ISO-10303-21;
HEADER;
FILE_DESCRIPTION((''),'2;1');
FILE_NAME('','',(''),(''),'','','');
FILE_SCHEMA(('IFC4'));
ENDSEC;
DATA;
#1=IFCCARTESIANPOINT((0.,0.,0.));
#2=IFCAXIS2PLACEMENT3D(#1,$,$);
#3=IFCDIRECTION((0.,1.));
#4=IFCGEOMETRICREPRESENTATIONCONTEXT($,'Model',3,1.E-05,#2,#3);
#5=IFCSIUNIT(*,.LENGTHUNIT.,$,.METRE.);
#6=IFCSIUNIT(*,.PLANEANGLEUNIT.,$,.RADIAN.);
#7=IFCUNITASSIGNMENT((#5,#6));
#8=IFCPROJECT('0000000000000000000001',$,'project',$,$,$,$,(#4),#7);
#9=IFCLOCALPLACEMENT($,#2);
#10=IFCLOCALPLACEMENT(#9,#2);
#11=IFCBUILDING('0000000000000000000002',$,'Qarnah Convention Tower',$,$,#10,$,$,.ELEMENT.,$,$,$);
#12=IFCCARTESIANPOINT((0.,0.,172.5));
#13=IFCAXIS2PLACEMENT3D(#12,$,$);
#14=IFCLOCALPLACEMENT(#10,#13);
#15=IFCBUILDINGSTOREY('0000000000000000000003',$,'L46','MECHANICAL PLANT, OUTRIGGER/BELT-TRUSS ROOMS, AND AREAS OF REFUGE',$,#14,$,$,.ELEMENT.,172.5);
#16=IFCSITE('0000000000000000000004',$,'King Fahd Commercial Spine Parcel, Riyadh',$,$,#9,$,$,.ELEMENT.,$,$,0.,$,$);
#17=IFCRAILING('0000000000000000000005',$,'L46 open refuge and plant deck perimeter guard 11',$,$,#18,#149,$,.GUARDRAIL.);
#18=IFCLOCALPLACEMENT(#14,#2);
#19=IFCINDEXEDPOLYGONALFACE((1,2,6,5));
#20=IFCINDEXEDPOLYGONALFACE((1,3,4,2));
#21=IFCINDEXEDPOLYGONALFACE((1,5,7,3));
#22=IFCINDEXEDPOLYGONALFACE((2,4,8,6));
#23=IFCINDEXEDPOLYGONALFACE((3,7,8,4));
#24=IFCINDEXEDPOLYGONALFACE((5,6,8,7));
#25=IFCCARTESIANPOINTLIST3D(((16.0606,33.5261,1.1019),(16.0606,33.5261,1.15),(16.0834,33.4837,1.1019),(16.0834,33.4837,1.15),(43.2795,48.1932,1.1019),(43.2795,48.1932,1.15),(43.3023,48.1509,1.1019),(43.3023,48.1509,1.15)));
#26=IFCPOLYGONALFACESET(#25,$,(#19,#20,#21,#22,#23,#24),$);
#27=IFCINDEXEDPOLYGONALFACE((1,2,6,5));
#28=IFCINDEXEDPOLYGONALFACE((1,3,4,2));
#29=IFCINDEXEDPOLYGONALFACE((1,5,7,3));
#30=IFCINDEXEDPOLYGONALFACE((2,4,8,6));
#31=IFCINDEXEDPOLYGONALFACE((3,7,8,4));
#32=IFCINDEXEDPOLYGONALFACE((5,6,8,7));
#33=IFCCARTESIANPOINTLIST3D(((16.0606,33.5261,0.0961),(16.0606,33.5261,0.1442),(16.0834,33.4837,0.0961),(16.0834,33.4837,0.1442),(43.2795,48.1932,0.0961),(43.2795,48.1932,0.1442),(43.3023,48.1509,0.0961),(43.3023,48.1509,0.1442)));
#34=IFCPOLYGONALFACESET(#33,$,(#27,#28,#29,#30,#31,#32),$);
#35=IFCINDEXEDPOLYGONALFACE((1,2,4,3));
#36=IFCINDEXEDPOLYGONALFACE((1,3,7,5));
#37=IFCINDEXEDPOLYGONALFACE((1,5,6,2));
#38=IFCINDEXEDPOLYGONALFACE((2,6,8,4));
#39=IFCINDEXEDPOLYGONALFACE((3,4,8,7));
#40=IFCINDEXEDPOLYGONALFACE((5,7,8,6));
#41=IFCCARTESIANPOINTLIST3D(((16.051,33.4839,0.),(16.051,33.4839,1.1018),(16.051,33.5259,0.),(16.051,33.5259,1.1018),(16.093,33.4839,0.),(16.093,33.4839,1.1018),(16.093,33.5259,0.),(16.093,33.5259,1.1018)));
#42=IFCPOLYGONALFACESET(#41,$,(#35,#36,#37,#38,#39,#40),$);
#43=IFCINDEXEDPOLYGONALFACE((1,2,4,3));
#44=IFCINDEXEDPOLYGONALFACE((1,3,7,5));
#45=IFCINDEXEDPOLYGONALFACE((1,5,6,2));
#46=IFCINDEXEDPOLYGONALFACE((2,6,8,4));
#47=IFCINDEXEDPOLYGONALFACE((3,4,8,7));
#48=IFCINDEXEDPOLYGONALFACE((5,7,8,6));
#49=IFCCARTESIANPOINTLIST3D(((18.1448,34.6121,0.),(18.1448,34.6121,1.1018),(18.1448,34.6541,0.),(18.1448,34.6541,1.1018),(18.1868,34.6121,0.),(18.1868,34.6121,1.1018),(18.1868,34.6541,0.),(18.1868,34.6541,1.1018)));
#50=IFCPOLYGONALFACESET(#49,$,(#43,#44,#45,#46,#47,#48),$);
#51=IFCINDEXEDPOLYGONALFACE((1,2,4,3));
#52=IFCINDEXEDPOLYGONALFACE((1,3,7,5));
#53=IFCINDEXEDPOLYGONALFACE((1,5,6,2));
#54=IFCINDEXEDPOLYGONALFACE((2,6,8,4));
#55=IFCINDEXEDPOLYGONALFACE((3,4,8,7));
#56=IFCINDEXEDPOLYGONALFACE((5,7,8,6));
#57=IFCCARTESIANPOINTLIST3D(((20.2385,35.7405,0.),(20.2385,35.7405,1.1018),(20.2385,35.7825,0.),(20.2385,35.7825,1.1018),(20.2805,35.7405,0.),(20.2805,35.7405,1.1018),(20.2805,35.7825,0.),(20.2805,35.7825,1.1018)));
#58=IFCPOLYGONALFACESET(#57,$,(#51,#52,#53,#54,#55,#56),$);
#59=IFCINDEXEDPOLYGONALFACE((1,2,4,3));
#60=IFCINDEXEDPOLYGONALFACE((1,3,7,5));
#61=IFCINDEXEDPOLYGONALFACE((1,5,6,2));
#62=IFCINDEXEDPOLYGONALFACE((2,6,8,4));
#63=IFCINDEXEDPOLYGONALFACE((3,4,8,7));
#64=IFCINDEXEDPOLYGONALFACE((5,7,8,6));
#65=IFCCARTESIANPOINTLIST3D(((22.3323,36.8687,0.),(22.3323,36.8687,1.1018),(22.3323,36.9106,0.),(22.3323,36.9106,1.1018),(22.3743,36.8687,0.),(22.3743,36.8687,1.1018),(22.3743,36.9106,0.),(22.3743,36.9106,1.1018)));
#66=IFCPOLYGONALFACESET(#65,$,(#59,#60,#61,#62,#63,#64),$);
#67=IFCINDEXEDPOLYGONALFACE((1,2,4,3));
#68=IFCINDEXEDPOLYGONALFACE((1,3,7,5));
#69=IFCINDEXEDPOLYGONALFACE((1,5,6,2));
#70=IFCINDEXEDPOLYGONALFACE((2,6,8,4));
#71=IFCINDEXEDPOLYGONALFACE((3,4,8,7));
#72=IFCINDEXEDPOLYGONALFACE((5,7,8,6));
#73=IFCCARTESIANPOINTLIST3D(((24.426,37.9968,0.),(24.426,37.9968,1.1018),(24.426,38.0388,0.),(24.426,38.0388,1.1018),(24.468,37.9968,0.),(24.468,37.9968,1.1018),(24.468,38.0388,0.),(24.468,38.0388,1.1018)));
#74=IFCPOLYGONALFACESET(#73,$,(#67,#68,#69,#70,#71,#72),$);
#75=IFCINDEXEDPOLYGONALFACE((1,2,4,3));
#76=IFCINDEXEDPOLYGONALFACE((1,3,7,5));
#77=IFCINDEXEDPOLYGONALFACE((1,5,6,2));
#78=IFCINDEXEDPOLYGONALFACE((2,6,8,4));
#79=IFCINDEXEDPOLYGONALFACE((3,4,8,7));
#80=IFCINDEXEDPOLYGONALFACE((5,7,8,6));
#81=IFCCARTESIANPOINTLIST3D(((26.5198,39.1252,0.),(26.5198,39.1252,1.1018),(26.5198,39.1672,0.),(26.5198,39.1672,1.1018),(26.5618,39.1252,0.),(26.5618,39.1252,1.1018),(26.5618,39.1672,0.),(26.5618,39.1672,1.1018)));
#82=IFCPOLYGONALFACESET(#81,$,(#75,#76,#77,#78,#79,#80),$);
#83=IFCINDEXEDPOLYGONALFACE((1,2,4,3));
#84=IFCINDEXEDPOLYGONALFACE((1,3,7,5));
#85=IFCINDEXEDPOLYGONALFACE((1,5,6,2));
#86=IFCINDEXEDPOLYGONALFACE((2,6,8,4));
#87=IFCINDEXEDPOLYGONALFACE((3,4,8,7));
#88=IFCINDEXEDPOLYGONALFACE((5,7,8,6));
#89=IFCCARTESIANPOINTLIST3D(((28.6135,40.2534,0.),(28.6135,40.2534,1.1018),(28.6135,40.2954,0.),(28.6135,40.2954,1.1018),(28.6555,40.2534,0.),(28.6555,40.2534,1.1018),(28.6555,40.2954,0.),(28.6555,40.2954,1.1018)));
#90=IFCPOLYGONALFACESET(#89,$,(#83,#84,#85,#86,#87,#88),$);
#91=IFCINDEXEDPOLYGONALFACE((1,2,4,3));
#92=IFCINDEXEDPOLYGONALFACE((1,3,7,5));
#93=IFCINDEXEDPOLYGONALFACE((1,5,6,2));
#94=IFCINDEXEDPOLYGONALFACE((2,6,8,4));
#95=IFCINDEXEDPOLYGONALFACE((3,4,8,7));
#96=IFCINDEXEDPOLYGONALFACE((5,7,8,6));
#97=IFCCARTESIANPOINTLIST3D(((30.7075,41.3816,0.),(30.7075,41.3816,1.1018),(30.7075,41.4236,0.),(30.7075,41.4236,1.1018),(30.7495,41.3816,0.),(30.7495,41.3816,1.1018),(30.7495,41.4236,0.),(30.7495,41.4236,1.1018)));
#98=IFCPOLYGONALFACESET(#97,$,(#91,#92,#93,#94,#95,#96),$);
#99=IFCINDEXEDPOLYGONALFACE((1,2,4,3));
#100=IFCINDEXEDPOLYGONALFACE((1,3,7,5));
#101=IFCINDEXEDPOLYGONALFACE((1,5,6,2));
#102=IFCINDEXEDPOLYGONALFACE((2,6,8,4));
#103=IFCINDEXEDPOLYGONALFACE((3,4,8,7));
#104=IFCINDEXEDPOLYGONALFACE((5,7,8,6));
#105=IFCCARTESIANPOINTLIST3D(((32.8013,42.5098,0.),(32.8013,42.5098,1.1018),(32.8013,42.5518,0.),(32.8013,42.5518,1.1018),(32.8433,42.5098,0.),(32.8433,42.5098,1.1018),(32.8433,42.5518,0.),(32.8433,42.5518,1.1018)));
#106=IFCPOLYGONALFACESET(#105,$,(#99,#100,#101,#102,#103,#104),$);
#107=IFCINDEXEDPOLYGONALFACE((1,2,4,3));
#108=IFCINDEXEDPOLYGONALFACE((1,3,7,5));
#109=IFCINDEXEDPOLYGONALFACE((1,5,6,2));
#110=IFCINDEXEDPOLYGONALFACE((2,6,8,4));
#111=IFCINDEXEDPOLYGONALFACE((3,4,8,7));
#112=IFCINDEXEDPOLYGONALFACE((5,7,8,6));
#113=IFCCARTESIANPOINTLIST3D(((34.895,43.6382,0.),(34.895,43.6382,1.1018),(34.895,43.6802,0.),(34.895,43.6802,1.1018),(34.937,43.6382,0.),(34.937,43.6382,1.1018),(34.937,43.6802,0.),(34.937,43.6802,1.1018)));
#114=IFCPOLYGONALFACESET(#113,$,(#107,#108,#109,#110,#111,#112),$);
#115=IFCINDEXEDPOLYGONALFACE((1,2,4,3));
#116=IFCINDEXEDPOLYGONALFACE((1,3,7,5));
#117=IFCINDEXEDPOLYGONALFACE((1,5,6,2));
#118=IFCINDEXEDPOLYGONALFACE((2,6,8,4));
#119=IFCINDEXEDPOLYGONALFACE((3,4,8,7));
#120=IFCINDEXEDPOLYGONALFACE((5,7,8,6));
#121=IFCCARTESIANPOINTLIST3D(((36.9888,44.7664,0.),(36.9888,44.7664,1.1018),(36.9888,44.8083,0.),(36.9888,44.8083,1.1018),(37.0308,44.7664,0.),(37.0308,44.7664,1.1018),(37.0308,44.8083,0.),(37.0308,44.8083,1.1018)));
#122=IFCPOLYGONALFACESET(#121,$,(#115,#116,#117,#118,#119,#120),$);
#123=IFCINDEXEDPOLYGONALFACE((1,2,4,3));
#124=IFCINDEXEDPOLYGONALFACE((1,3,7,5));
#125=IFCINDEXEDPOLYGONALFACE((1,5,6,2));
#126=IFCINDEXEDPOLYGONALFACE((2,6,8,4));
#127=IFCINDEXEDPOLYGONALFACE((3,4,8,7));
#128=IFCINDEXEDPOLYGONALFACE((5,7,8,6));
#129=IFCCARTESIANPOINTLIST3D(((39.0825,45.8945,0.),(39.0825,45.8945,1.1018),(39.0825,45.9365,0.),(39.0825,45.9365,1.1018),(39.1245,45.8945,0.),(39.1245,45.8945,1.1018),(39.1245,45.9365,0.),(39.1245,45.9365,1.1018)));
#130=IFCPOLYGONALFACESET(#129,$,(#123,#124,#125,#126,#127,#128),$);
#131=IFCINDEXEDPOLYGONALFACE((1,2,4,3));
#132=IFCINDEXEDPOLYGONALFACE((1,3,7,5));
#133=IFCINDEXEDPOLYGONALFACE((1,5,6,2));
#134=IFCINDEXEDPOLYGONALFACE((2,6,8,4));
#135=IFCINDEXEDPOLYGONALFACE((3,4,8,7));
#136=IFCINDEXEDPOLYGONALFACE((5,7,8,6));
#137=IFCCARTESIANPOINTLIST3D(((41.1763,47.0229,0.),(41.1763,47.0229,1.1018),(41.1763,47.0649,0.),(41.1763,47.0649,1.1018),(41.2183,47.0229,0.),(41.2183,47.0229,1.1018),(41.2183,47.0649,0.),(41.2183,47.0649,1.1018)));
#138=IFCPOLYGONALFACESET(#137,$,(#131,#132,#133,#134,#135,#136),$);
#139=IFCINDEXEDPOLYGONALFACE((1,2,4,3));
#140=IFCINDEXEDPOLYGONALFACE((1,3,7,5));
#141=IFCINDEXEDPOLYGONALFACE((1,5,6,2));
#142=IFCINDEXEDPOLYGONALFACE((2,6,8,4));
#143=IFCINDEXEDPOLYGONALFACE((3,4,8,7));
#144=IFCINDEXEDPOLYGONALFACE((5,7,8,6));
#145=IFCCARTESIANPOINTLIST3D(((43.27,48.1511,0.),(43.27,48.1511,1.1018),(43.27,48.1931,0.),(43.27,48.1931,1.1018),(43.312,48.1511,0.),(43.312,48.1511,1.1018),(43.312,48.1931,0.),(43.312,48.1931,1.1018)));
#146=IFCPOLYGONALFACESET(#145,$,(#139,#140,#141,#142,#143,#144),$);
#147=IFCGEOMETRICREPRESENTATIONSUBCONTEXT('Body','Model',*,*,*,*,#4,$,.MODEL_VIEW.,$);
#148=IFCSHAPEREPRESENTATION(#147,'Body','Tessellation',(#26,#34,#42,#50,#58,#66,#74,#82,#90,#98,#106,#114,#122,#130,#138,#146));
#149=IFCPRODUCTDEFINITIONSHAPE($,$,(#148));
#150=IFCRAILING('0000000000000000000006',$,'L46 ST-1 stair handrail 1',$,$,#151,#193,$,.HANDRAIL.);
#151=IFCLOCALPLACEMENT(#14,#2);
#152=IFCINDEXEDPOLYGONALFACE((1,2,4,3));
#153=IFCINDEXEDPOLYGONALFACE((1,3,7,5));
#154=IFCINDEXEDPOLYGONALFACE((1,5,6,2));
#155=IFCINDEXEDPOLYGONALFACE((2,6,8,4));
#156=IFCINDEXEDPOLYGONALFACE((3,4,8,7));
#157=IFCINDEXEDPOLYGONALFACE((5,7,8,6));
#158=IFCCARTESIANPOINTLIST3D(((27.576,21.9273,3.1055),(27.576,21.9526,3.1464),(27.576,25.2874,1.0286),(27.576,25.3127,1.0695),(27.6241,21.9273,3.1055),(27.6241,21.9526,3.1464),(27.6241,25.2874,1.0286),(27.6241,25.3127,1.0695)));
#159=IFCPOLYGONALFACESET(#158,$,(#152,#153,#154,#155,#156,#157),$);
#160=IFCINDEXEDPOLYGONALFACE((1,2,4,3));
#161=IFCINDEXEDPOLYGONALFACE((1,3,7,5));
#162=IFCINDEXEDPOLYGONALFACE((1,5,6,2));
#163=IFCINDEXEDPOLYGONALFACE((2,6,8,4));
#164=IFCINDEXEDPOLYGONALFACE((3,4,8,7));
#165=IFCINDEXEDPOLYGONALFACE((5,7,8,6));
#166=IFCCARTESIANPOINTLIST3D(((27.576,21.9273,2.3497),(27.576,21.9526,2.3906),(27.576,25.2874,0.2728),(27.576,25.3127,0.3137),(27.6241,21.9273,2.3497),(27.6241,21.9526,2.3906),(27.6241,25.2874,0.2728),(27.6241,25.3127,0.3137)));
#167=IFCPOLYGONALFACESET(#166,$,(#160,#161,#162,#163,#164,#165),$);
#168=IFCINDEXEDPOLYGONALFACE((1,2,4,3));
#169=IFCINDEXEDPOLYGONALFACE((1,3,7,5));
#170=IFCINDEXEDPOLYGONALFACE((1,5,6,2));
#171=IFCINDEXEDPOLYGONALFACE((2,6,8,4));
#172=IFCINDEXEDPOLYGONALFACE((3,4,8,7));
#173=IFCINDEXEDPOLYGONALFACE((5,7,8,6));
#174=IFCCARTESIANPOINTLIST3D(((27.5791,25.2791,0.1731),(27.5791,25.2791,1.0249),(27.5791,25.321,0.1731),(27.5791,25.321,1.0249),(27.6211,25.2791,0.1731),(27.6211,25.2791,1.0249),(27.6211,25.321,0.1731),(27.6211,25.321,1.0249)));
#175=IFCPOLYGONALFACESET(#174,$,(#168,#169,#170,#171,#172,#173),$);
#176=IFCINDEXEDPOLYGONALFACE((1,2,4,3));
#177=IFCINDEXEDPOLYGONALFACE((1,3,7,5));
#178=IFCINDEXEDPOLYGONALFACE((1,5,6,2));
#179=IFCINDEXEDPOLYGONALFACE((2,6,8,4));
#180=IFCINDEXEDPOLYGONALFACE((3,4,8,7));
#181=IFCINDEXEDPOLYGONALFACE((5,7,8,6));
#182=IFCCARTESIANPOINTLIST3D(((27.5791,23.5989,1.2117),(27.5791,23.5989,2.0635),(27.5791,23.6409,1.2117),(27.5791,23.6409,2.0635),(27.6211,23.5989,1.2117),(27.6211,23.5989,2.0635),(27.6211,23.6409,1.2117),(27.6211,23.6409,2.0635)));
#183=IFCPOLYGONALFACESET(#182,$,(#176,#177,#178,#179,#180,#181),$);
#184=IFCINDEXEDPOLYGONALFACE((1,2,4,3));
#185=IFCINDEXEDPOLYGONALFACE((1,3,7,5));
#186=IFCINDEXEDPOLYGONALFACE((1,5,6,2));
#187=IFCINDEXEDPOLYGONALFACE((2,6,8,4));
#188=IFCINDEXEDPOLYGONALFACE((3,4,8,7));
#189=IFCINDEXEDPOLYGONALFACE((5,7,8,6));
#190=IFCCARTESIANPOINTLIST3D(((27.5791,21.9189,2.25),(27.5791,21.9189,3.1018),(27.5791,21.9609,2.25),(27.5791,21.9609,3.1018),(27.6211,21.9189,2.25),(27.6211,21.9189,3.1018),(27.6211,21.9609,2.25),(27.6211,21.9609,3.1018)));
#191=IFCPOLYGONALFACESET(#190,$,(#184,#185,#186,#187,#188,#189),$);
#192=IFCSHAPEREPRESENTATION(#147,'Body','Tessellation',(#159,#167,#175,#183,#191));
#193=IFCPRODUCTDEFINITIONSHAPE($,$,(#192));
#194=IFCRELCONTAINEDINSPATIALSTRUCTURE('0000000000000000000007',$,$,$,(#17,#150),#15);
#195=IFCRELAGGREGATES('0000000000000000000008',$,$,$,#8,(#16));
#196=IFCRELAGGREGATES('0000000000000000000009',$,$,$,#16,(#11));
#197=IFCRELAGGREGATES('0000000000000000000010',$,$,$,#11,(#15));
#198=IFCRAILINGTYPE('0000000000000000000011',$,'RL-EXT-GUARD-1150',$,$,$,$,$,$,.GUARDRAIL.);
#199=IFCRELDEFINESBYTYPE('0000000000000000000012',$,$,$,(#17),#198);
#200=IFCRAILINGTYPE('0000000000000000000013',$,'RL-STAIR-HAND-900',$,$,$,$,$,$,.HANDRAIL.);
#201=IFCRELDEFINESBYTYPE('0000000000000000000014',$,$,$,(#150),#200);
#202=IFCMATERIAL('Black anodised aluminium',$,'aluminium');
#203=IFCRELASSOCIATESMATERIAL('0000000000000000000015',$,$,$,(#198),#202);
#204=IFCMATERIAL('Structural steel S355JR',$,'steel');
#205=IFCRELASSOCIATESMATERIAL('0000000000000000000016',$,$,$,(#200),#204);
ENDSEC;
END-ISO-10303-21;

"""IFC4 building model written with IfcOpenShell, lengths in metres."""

from ifc_helpers import new_model, si_unit, direction, frame, origin, origin_2d, place, context, subcontext, project, spatial, rectangle, extrude, material, type_object, element, save


model = new_model("IFC4")

# Units and contexts
model_context = context("Model", 3, precision=1e-05, world=origin(), true_north=direction((0.0, 1.0)))
body_context = subcontext(model_context, "Body", "Model", "MODEL_VIEW")
ifc_project = project(units=[si_unit("LENGTHUNIT", "METRE"), si_unit("PLANEANGLEUNIT", "RADIAN")], contexts=[model_context])

# Site, building, storey
site_placement = place(None, origin())
site = spatial("IfcSite", under=ifc_project, at=site_placement, Name="King Fahd Commercial Spine Parcel, Riyadh", CompositionType="ELEMENT", RefElevation=0.0)
building_placement = place(site_placement, origin())
building = spatial("IfcBuilding", under=site, at=building_placement, Name="Qarnah Convention Tower", CompositionType="ELEMENT")
storey_placement = place(building_placement, frame((0.0, 0.0, 172.5)))
storey = spatial("IfcBuildingStorey", under=building, at=storey_placement, Name="L46", Description="MECHANICAL PLANT, OUTRIGGER/BELT-TRUSS ROOMS, AND AREAS OF REFUGE", CompositionType="ELEMENT", Elevation=172.5)

# Shared definitions
ifc_material_1 = material(Name="Structural steel S355JR", Category="steel")

# Railings
ifc_material_2 = material(Name="Black anodised aluminium", Category="aluminium")
railing_type_1 = type_object("IfcRailingType", Name="RL-EXT-GUARD-1150", PredefinedType="GUARDRAIL", material=ifc_material_2)
railing_1_placement = place(storey_placement, frame((16.072, 33.5049, 0.0)))
element("IfcRailing", 1, at=railing_1_placement, inside=storey, type_object=railing_type_1, Name="L46 open refuge and plant deck perimeter guard 11", PredefinedType="GUARDRAIL", context=body_context, shape_type="SweptSolid", body=[
    extrude(rectangle(XDim=0.0481, YDim=0.0481, at=origin_2d()), frame((0.0, 0.0, 1.126), z_axis=(0.880325, 0.474372, 0.0), x_axis=(-0.474372, 0.880325, 0.0)), (0.0, 0.0, 1.0), 30.9192),
    extrude(rectangle(XDim=0.0481, YDim=0.0481, at=origin_2d()), frame((0.0, 0.0, 0.1201), z_axis=(0.880325, 0.474372, 0.0), x_axis=(-0.474372, 0.880325, 0.0)), (0.0, 0.0, 1.0), 30.9192),
    extrude(rectangle(XDim=0.042, YDim=0.042, at=origin_2d()), origin(), (0.0, 0.0, 1.0), 1.1018),
    extrude(rectangle(XDim=0.042, YDim=0.042, at=origin_2d()), frame((2.0938, 1.1282, 0.0)), (0.0, 0.0, 1.0), 1.1018),
    extrude(rectangle(XDim=0.042, YDim=0.042, at=origin_2d()), frame((4.1875, 2.2566, 0.0)), (0.0, 0.0, 1.0), 1.1018),
    extrude(rectangle(XDim=0.042, YDim=0.042, at=origin_2d()), frame((6.2812, 3.3848, 0.0)), (0.0, 0.0, 1.0), 1.1018),
    extrude(rectangle(XDim=0.042, YDim=0.042, at=origin_2d()), frame((8.375, 4.5129, 0.0)), (0.0, 0.0, 1.0), 1.1018),
    extrude(rectangle(XDim=0.042, YDim=0.042, at=origin_2d()), frame((10.4688, 5.6414, 0.0)), (0.0, 0.0, 1.0), 1.1018),
    extrude(rectangle(XDim=0.042, YDim=0.042, at=origin_2d()), frame((12.5625, 6.7695, 0.0)), (0.0, 0.0, 1.0), 1.1018),
    extrude(rectangle(XDim=0.042, YDim=0.042, at=origin_2d()), frame((14.6565, 7.8977, 0.0)), (0.0, 0.0, 1.0), 1.1018),
    extrude(rectangle(XDim=0.042, YDim=0.042, at=origin_2d()), frame((16.7502, 9.0259, 0.0)), (0.0, 0.0, 1.0), 1.1018),
    extrude(rectangle(XDim=0.042, YDim=0.042, at=origin_2d()), frame((18.844, 10.1543, 0.0)), (0.0, 0.0, 1.0), 1.1018),
    extrude(rectangle(XDim=0.042, YDim=0.042, at=origin_2d()), frame((20.9377, 11.2825, 0.0)), (0.0, 0.0, 1.0), 1.1018),
    extrude(rectangle(XDim=0.042, YDim=0.042, at=origin_2d()), frame((23.0315, 12.4106, 0.0)), (0.0, 0.0, 1.0), 1.1018),
    extrude(rectangle(XDim=0.042, YDim=0.042, at=origin_2d()), frame((25.1252, 13.5391, 0.0)), (0.0, 0.0, 1.0), 1.1018),
    extrude(rectangle(XDim=0.042, YDim=0.042, at=origin_2d()), frame((27.219, 14.6672, 0.0)), (0.0, 0.0, 1.0), 1.1018),
])
railing_type_2 = type_object("IfcRailingType", Name="RL-STAIR-HAND-900", PredefinedType="HANDRAIL", material=ifc_material_1)
railing_2_placement = place(storey_placement, frame((27.6001, 25.3, 0.1731)))
element("IfcRailing", 2, at=railing_2_placement, inside=storey, type_object=railing_type_2, Name="L46 ST-1 stair handrail 1", PredefinedType="HANDRAIL", context=body_context, shape_type="SweptSolid", body=[
    extrude(rectangle(XDim=0.0481, YDim=0.0481, at=origin_2d()), frame((0.0, 0.0, 0.876), z_axis=(0.0, -0.850623, 0.525776), x_axis=(1.0, 0.0, 0.0)), (0.0, 0.0, 1.0), 3.9502),
    extrude(rectangle(XDim=0.0481, YDim=0.0481, at=origin_2d()), frame((0.0, 0.0, 0.1201), z_axis=(0.0, -0.850623, 0.525776), x_axis=(1.0, 0.0, 0.0)), (0.0, 0.0, 1.0), 3.9502),
    extrude(rectangle(XDim=0.042, YDim=0.042, at=origin_2d()), origin(), (0.0, 0.0, 1.0), 0.8518),
    extrude(rectangle(XDim=0.042, YDim=0.042, at=origin_2d()), frame((0.0, -1.6802, 1.0386)), (0.0, 0.0, 1.0), 0.8518),
    extrude(rectangle(XDim=0.042, YDim=0.042, at=origin_2d()), frame((0.0, -3.3601, 2.0769)), (0.0, 0.0, 1.0), 0.8518),
])

save(model, "model.ifc")
